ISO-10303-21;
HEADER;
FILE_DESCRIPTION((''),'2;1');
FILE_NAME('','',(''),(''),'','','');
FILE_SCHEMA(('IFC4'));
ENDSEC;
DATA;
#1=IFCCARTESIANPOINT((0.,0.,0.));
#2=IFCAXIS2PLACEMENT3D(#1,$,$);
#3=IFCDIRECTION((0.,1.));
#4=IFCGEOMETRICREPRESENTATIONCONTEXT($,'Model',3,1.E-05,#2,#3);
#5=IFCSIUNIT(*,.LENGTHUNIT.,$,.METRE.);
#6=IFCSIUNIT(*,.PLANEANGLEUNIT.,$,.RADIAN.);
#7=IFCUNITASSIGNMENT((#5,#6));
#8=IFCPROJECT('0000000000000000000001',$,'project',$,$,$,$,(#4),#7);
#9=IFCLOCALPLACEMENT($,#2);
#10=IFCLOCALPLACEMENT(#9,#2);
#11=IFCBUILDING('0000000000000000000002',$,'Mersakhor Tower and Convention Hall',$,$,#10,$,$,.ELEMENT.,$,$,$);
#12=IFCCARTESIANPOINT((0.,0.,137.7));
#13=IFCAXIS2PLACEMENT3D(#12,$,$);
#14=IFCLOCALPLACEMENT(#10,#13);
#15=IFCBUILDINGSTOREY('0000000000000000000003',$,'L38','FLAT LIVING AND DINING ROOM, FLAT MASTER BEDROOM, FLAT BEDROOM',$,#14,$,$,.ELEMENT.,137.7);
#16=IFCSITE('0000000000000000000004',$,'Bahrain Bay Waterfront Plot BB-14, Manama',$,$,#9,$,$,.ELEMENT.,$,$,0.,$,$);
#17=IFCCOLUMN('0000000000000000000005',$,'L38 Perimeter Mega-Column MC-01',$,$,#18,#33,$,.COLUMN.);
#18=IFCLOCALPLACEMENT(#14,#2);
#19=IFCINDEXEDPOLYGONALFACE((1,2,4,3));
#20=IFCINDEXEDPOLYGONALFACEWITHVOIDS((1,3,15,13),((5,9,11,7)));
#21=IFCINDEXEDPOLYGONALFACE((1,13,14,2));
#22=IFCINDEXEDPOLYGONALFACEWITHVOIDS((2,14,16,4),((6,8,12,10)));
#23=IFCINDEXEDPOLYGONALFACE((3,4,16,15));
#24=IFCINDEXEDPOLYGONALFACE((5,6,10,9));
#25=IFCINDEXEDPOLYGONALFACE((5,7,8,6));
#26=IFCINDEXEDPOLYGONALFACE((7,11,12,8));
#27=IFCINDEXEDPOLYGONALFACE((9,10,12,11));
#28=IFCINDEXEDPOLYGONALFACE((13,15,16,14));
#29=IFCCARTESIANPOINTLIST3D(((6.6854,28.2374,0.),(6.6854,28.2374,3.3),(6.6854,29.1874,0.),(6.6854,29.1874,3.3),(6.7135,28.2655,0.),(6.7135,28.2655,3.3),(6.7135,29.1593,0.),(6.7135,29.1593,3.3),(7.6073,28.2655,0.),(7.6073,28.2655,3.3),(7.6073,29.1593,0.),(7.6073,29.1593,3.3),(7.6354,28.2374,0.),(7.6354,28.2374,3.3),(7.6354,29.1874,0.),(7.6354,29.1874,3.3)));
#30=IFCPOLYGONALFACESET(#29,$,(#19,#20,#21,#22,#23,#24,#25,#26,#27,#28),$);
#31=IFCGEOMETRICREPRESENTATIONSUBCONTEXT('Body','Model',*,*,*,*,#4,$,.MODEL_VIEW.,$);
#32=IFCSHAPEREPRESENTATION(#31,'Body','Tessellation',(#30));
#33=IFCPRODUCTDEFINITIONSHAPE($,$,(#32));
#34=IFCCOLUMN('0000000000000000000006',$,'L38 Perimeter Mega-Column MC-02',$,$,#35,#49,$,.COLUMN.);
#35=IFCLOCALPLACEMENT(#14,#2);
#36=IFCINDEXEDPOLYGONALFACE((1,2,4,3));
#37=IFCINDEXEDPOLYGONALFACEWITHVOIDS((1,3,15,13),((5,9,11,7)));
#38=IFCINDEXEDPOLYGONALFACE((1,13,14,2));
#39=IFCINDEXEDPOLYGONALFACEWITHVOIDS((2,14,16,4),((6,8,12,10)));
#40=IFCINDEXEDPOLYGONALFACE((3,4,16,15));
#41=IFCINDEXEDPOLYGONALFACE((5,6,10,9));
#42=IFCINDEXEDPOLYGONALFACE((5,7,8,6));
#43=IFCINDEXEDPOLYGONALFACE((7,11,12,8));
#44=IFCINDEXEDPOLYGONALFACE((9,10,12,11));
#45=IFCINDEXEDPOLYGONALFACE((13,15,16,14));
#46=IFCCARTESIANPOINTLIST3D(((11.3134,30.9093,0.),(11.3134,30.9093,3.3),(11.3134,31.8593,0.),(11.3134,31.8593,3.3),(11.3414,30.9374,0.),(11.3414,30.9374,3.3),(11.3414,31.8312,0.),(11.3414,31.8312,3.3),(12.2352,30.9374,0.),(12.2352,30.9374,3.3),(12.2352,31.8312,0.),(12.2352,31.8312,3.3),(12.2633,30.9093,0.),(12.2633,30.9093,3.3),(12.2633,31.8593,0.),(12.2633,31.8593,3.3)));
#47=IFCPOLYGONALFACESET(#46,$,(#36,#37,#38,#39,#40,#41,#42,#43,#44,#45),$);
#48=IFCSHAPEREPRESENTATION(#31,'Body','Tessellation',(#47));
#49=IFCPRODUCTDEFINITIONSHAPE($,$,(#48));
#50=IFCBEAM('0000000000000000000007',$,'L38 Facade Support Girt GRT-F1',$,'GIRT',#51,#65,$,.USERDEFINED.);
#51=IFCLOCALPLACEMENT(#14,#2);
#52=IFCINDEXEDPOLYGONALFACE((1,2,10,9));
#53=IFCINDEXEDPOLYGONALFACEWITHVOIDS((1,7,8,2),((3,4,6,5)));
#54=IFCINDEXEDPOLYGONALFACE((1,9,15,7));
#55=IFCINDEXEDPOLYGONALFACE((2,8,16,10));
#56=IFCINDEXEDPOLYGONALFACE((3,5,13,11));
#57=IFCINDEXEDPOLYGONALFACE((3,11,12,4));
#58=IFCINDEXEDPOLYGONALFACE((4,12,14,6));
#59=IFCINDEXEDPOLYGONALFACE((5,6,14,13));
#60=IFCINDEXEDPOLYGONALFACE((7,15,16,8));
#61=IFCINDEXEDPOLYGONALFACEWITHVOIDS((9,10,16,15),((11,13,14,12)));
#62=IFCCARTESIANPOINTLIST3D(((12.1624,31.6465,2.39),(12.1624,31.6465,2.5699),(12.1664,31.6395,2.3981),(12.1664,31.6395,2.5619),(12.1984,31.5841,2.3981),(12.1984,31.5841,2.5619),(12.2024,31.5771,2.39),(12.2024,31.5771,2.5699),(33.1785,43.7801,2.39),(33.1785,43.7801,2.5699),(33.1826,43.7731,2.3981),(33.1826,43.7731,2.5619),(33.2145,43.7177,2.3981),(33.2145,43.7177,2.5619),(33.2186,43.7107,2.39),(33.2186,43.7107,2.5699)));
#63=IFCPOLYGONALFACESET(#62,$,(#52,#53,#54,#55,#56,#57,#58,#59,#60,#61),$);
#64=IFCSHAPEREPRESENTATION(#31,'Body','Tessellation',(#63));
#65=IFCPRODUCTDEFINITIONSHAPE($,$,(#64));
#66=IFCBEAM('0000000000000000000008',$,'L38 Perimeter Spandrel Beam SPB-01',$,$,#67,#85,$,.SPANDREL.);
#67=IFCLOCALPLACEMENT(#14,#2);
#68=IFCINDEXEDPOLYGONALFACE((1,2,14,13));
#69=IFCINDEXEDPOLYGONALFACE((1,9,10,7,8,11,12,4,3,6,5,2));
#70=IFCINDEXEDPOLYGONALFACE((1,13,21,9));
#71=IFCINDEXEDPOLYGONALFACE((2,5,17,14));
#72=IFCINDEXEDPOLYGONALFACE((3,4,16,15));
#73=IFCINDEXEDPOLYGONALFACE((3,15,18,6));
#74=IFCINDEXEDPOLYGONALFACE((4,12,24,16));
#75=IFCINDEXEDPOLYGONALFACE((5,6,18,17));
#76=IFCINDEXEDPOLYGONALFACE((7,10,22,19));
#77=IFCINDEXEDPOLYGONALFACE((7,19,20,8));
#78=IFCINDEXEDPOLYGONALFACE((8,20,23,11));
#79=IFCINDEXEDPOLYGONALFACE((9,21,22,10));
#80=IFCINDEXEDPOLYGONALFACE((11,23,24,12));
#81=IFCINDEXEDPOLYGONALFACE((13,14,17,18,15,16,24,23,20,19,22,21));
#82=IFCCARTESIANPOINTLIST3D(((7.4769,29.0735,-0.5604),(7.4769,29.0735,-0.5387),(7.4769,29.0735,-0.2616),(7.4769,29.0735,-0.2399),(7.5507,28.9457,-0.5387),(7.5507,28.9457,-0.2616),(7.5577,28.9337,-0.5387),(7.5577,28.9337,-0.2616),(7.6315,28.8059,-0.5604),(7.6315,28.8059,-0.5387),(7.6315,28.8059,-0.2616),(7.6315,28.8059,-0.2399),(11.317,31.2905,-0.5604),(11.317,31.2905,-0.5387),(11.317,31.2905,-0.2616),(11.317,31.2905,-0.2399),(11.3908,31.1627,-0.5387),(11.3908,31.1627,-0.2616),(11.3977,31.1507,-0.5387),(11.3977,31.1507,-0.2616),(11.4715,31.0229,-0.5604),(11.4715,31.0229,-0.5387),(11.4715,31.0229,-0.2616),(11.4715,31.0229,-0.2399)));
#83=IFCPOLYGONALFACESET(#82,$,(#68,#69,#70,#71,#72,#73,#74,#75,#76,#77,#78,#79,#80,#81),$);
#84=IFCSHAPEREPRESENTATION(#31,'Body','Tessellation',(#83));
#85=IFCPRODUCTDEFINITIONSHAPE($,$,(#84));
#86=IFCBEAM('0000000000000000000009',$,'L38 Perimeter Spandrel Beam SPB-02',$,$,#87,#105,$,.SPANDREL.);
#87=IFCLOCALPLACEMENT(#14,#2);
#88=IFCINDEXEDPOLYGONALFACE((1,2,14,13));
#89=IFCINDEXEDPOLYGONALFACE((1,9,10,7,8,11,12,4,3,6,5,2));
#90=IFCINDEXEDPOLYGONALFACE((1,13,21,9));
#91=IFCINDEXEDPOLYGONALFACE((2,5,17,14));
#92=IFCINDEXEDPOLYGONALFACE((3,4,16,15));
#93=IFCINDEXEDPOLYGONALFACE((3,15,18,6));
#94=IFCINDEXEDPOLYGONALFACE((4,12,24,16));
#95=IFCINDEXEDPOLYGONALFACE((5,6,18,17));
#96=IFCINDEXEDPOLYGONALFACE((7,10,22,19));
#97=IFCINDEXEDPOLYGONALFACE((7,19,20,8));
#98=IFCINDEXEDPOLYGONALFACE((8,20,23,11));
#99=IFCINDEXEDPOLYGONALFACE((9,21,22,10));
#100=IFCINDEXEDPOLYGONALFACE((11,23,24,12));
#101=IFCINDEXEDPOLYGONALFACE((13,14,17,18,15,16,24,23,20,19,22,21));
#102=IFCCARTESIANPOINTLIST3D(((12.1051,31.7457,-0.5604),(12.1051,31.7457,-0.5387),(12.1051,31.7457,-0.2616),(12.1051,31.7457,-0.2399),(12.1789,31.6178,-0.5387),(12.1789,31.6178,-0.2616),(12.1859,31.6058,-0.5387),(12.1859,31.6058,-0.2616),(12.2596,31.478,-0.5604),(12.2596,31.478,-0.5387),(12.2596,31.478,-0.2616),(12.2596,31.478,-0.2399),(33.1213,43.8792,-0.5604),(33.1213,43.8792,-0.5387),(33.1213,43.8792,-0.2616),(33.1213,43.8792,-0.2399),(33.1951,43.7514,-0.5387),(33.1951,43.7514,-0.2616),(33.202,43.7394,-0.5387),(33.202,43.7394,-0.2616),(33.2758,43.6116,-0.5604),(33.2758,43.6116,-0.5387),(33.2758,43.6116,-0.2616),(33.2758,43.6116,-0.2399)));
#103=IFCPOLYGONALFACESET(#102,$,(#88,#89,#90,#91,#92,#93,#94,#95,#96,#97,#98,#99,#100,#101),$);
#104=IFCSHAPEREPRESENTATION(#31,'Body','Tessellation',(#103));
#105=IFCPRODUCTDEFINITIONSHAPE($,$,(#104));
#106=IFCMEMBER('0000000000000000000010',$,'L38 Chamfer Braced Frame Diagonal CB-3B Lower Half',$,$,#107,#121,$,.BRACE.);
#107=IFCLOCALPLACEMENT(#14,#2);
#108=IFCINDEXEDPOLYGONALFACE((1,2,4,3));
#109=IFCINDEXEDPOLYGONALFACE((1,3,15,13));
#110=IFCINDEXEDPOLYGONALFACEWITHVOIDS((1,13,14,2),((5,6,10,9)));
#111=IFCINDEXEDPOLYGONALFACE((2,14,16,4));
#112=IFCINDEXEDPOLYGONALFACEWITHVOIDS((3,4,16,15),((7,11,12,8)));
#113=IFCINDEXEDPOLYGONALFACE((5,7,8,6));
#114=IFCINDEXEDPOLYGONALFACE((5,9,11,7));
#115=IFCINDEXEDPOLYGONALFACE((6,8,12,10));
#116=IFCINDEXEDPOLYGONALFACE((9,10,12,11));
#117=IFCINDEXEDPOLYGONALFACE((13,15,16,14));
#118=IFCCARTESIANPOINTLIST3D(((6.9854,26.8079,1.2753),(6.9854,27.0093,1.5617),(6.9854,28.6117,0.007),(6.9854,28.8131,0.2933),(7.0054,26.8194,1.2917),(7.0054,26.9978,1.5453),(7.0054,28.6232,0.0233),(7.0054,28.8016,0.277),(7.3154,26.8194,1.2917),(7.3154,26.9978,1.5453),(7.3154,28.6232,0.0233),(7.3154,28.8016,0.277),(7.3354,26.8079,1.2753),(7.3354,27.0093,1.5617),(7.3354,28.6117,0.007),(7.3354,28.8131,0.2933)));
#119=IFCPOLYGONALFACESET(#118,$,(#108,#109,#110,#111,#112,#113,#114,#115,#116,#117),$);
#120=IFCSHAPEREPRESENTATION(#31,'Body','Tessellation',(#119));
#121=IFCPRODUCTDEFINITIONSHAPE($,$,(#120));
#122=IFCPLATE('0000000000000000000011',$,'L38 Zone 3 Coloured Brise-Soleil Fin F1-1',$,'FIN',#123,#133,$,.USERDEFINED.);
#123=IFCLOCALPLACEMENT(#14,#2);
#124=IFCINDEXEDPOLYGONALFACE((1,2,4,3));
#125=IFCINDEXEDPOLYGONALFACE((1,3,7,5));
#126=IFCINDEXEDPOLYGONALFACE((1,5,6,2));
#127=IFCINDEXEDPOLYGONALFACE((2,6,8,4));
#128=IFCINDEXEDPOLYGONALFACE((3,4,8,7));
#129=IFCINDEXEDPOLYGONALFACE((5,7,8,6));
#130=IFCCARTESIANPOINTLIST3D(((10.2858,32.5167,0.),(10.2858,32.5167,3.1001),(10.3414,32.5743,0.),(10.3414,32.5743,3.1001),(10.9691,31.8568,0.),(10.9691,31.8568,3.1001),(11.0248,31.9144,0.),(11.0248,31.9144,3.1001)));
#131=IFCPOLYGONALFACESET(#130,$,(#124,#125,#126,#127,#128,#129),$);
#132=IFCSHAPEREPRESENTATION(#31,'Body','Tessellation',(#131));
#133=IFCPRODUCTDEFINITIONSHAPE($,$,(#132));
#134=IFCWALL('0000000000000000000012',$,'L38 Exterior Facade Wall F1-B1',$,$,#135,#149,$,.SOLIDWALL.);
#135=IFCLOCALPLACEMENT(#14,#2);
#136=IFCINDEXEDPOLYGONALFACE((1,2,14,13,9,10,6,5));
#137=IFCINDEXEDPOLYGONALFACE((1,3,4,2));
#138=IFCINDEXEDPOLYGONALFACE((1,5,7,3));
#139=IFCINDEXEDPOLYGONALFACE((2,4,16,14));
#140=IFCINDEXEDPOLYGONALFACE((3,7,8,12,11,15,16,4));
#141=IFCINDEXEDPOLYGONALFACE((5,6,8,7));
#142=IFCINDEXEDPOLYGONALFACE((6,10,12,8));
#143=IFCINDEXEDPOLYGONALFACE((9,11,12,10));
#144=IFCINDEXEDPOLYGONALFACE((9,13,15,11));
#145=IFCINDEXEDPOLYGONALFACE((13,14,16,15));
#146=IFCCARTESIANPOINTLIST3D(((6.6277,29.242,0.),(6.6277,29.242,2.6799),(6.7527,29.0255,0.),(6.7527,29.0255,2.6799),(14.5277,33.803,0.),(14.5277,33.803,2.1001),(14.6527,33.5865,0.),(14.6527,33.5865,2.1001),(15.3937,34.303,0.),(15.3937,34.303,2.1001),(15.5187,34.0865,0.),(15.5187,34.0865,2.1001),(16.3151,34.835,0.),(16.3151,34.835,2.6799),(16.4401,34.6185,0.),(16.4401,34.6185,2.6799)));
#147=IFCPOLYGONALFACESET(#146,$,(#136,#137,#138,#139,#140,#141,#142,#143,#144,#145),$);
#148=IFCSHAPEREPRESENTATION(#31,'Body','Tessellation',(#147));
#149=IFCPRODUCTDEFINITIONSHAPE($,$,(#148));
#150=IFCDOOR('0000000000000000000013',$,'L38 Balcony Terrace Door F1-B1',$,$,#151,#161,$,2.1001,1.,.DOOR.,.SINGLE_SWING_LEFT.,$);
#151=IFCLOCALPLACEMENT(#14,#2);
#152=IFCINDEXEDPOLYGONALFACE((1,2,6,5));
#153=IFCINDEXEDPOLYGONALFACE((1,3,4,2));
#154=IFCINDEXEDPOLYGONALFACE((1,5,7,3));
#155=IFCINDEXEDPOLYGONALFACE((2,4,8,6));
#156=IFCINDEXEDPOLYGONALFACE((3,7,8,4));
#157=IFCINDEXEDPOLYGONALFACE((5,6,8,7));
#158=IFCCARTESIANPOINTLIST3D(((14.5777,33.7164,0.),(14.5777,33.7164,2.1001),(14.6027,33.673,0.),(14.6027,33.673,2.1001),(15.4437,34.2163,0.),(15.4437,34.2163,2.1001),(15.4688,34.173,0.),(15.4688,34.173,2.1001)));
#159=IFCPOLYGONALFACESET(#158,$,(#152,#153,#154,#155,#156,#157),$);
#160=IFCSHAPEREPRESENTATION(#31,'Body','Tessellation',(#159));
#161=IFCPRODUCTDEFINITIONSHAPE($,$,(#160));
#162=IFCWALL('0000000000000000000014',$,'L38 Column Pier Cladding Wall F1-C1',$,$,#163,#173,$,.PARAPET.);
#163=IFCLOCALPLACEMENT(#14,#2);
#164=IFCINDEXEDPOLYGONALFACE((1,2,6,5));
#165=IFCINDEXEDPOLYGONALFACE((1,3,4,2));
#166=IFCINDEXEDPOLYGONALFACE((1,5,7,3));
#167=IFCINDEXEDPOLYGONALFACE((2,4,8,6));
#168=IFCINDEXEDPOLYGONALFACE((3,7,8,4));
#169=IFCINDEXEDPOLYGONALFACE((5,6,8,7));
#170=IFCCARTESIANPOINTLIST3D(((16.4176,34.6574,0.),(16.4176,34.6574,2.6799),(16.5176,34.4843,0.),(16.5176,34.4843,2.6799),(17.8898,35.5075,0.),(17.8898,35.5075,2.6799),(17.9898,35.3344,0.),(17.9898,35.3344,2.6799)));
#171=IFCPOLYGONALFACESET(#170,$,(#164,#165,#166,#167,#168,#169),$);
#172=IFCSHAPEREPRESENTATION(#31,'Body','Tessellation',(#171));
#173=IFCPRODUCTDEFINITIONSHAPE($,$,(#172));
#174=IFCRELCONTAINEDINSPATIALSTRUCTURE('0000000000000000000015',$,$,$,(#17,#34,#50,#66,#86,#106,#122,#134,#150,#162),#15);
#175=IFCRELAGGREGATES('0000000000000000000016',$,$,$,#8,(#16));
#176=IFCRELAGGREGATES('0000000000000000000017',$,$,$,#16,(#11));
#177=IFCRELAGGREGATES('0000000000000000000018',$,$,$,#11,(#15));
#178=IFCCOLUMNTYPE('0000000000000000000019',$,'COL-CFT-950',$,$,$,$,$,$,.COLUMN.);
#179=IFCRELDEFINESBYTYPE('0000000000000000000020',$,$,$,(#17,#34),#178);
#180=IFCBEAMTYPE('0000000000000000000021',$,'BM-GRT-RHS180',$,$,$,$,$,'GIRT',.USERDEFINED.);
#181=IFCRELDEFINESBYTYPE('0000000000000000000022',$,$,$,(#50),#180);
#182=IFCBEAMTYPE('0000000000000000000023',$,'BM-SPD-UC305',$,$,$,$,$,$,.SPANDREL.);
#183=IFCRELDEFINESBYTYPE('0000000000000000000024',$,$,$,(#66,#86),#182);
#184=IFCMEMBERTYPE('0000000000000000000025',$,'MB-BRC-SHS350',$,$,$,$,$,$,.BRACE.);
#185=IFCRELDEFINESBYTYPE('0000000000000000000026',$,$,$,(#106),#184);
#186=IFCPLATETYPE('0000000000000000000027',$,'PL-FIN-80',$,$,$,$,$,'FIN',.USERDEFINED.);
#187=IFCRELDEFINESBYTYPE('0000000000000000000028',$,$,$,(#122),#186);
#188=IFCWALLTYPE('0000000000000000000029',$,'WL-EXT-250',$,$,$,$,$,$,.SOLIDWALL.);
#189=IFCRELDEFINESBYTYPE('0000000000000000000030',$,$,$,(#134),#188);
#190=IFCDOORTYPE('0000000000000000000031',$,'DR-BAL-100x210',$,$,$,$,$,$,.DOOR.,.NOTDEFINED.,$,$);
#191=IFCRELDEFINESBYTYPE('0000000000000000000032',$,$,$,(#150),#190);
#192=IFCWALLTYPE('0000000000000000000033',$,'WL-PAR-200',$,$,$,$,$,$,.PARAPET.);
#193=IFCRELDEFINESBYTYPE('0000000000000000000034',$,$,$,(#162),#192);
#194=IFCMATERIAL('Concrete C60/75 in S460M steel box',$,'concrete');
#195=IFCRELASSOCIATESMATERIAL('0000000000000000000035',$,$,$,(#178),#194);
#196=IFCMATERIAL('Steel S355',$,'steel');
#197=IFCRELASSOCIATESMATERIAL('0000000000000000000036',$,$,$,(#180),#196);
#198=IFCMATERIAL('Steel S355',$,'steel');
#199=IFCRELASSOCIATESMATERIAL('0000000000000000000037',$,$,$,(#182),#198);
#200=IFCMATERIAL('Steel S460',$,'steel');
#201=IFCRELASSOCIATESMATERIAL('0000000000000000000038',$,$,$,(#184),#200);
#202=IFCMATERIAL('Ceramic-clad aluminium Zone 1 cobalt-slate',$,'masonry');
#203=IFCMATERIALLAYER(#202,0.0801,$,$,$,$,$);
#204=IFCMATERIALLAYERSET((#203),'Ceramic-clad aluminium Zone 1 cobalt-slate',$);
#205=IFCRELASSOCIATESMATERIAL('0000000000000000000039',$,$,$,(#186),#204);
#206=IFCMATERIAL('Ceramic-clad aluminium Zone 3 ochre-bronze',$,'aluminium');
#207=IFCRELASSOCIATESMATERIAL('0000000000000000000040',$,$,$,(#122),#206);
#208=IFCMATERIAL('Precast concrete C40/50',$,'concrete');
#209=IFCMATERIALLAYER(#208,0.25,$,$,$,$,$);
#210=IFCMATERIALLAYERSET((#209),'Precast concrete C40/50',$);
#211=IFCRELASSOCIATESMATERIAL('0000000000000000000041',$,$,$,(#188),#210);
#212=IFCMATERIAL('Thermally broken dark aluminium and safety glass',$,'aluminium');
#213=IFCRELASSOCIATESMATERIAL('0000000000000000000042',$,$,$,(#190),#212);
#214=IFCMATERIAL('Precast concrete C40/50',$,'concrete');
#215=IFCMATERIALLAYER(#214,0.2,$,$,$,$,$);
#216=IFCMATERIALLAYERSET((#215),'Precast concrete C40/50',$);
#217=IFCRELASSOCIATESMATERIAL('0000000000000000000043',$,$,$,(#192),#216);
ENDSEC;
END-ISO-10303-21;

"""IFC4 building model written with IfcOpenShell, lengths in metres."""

from ifc_helpers import new_model, si_unit, direction, frame, frame_2d, origin, origin_2d, place, context, subcontext, project, spatial, rectangle, hollow_rectangle, i_section, extrude, material, layer, layer_set, material_profile, profile_set, type_object, element, fill, save


model = new_model("IFC4")

# Units and contexts
model_context = context("Model", 3, precision=1e-05, world=origin(), true_north=direction((0.0, 1.0)))
body_context = subcontext(model_context, "Body", "Model", "MODEL_VIEW")
ifc_project = project(units=[si_unit("LENGTHUNIT", "METRE"), si_unit("PLANEANGLEUNIT", "RADIAN")], contexts=[model_context])

# Site, building, storey
site_placement = place(None, origin())
site = spatial("IfcSite", under=ifc_project, at=site_placement, Name="Bahrain Bay Waterfront Plot BB-14, Manama", CompositionType="ELEMENT", RefElevation=0.0)
building_placement = place(site_placement, origin())
building = spatial("IfcBuilding", under=site, at=building_placement, Name="Mersakhor Tower and Convention Hall", CompositionType="ELEMENT")
storey_placement = place(building_placement, frame((0.0, 0.0, 137.7)))
storey = spatial("IfcBuildingStorey", under=building, at=storey_placement, Name="L38", Description="FLAT LIVING AND DINING ROOM, FLAT MASTER BEDROOM, FLAT BEDROOM", CompositionType="ELEMENT", Elevation=137.7)

# Columns
ifc_material_1 = material(Name="Concrete C60/75 in S460M steel box", Category="concrete")
ifc_material_profile_1 = material_profile(ifc_material_1, hollow_rectangle(XDim=0.95, YDim=0.95, WallThickness=0.0281, at=origin_2d()), Name="SHS 950x950x28")
ifc_profile_set_1 = profile_set([ifc_material_profile_1], Name="Concrete C60/75 in S460M steel box")
column_type = type_object("IfcColumnType", Name="COL-CFT-950", PredefinedType="COLUMN", material=ifc_profile_set_1)
for number, where, z_axis, x_axis, name in (
    (1, (7.1604, 28.7124, 0.0), (0.0, 0.0, 1.0), (1.0, 0.0, 0.0), "L38 Perimeter Mega-Column MC-01"),
    (2, (11.7883, 31.3843, 0.0), (0.0, 0.0, 1.0), (1.0, 0.0, 0.0), "L38 Perimeter Mega-Column MC-02"),
):
    element("IfcColumn", number, at=place(storey_placement, frame(where, z_axis=z_axis, x_axis=x_axis)), inside=storey, type_object=column_type, Name=name, PredefinedType="COLUMN", context=body_context, shape_type="SweptSolid", body=[
        extrude(hollow_rectangle(XDim=0.95, YDim=0.95, WallThickness=0.0281, at=origin_2d()), origin(), (0.0, 0.0, 1.0), 3.3),
    ])

# Beams
ifc_material_2 = material(Name="Steel S355", Category="steel")
ifc_material_profile_2 = material_profile(ifc_material_2, hollow_rectangle(XDim=0.0801, YDim=0.1799, WallThickness=0.0081, at=origin_2d()), Name="RHS 180x80x8")
ifc_profile_set_2 = profile_set([ifc_material_profile_2], Name="Steel S355")
beam_type_1 = type_object("IfcBeamType", Name="BM-GRT-RHS180", ElementType="GIRT", PredefinedType="USERDEFINED", material=ifc_profile_set_2)
beam_1_placement = place(storey_placement, frame((12.1824, 31.6118, 2.48), z_axis=(0.866027, 0.499996, 0.0), x_axis=(-0.499996, 0.866027, 0.0)))
element("IfcBeam", 3, at=beam_1_placement, inside=storey, type_object=beam_type_1, Name="L38 Facade Support Girt GRT-F1", ObjectType="GIRT", PredefinedType="USERDEFINED", context=body_context, shape_type="SweptSolid", body=[
    extrude(hollow_rectangle(XDim=0.0801, YDim=0.1799, WallThickness=0.0081, at=origin_2d()), origin(), (0.0, 0.0, 1.0), 24.2673),
])
ifc_material_3 = material(Name="Steel S355", Category="steel")
ifc_material_profile_3 = material_profile(ifc_material_3, i_section(OverallWidth=0.3091, OverallDepth=0.3206, WebThickness=0.0139, FlangeThickness=0.0217, at=origin_2d()), Name="UC 305x305x137")
ifc_profile_set_3 = profile_set([ifc_material_profile_3], Name="Steel S355")
beam_type_2 = type_object("IfcBeamType", Name="BM-SPD-UC305", PredefinedType="SPANDREL", material=ifc_profile_set_3)
beam_2_placement = place(storey_placement, frame((7.5542, 28.9397, -0.4001), z_axis=(0.866029, 0.499994, 0.0), x_axis=(-0.499994, 0.866029, 0.0)))
element("IfcBeam", 4, at=beam_2_placement, inside=storey, type_object=beam_type_2, Name="L38 Perimeter Spandrel Beam SPB-01", PredefinedType="SPANDREL", context=body_context, shape_type="SweptSolid", body=[
    extrude(i_section(OverallWidth=0.3091, OverallDepth=0.3206, WebThickness=0.0139, FlangeThickness=0.0217, at=origin_2d()), origin(), (0.0, 0.0, 1.0), 4.4341),
])
beam_3_placement = place(storey_placement, frame((12.1824, 31.6118, -0.4001), z_axis=(0.866027, 0.499996, 0.0), x_axis=(-0.499996, 0.866027, 0.0)))
element("IfcBeam", 5, at=beam_3_placement, inside=storey, type_object=beam_type_2, Name="L38 Perimeter Spandrel Beam SPB-02", PredefinedType="SPANDREL", context=body_context, shape_type="SweptSolid", body=[
    extrude(i_section(OverallWidth=0.3091, OverallDepth=0.3206, WebThickness=0.0139, FlangeThickness=0.0217, at=origin_2d()), origin(), (0.0, 0.0, 1.0), 24.2673),
])

# Member
ifc_material_4 = material(Name="Steel S460", Category="steel")
ifc_material_profile_4 = material_profile(ifc_material_4, hollow_rectangle(XDim=0.3501, YDim=0.3501, WallThickness=0.02, at=origin_2d()), Name="SHS 350x350x20")
ifc_profile_set_4 = profile_set([ifc_material_profile_4], Name="Steel S460")
member_type = type_object("IfcMemberType", Name="MB-BRC-SHS350", PredefinedType="BRACE", material=ifc_profile_set_4)
member_placement = place(storey_placement, frame((7.1604, 28.7124, 0.1501), z_axis=(0.0, -0.818013, 0.5752), x_axis=(1.0, 0.0, 0.0)))
element("IfcMember", 6, at=member_placement, inside=storey, type_object=member_type, Name="L38 Chamfer Braced Frame Diagonal CB-3B Lower Half", PredefinedType="BRACE", context=body_context, shape_type="SweptSolid", body=[
    extrude(hollow_rectangle(XDim=0.3501, YDim=0.3501, WallThickness=0.02, at=origin_2d()), origin(), (0.0, 0.0, 1.0), 2.2051),
])

# Plate
ifc_material_5 = material(Name="Ceramic-clad aluminium Zone 3 ochre-bronze", Category="aluminium")
ifc_material_6 = material(Name="Ceramic-clad aluminium Zone 1 cobalt-slate", Category="masonry")
ifc_layer_1 = layer(ifc_material_6, 0.0801)
ifc_layer_set_1 = layer_set([ifc_layer_1], Name="Ceramic-clad aluminium Zone 1 cobalt-slate")
plate_type = type_object("IfcPlateType", Name="PL-FIN-80", ElementType="FIN", PredefinedType="USERDEFINED", material=ifc_layer_set_1)
plate_placement = place(storey_placement, frame((10.6553, 32.2156, 0.0), z_axis=(0.0, 0.0, 1.0), x_axis=(-0.71934, 0.694658, 0.0)))
element("IfcPlate", 7, at=plate_placement, inside=storey, type_object=plate_type, material=ifc_material_5, Name="L38 Zone 3 Coloured Brise-Soleil Fin F1-1", ObjectType="FIN", PredefinedType="USERDEFINED", context=body_context, shape_type="SweptSolid", body=[
    extrude(rectangle(XDim=0.95, YDim=0.0801, at=origin_2d()), origin(), (0.0, 0.0, 1.0), 3.1001),
])

# Wall, opening, door
ifc_material_7 = material(Name="Precast concrete C40/50", Category="concrete")
ifc_layer_2 = layer(ifc_material_7, 0.25)
ifc_layer_set_2 = layer_set([ifc_layer_2], Name="Precast concrete C40/50")
wall_type_1 = type_object("IfcWallType", Name="WL-EXT-250", PredefinedType="SOLIDWALL", material=ifc_layer_set_2)
wall_1_placement = place(storey_placement, frame((6.6902, 29.1338, 0.0), z_axis=(0.0, 0.0, 1.0), x_axis=(0.866028, 0.499996, 0.0)))
wall_1 = element("IfcWall", 8, at=wall_1_placement, inside=storey, type_object=wall_type_1, Name="L38 Exterior Facade Wall F1-B1", PredefinedType="SOLIDWALL", context=body_context, shape_type="SweptSolid", body=[
    extrude(rectangle(XDim=11.186, YDim=0.25, at=frame_2d((5.593, 0.0))), origin(), (0.0, 0.0, 1.0), 2.6799),
])
opening_1_placement = place(wall_1_placement, frame((9.1221, 0.0, 0.0)))
opening_1 = element("IfcOpeningElement", 9, at=opening_1_placement, cuts=wall_1, PredefinedType="OPENING", context=body_context, shape_type="SweptSolid", body=[
    extrude(rectangle(XDim=1.0, YDim=2.1001, at=frame_2d((0.5, 1.05))), frame((0.0, 0.135, 0.0), z_axis=(0.0, -1.0, 0.0), x_axis=(1.0, 0.0, 0.0)), (0.0, 0.0, 1.0), 0.27),
])
ifc_material_8 = material(Name="Thermally broken dark aluminium and safety glass", Category="aluminium")
door_type_1 = type_object("IfcDoorType", Name="DR-BAL-100x210", OperationType="NOTDEFINED", PredefinedType="DOOR", material=ifc_material_8)
door_1_placement = place(opening_1_placement, origin())
door_1 = element("IfcDoor", 10, at=door_1_placement, inside=storey, type_object=door_type_1, Name="L38 Balcony Terrace Door F1-B1", OperationType="SINGLE_SWING_LEFT", OverallHeight=2.1001, OverallWidth=1.0, PredefinedType="DOOR", context=body_context, shape_type="SweptSolid", body=[
    extrude(rectangle(XDim=1.0, YDim=2.1001, at=frame_2d((0.5, 1.05))), frame((0.0, 0.0249, 0.0), z_axis=(0.0, -1.0, 0.0), x_axis=(1.0, 0.0, 0.0)), (0.0, 0.0, 1.0), 0.05),
])
fill(opening_1, door_1)

# Wall
ifc_material_9 = material(Name="Precast concrete C40/50", Category="concrete")
ifc_layer_3 = layer(ifc_material_9, 0.2)
ifc_layer_set_3 = layer_set([ifc_layer_3], Name="Precast concrete C40/50")
wall_type_2 = type_object("IfcWallType", Name="WL-PAR-200", PredefinedType="PARAPET", material=ifc_layer_set_3)
wall_2_placement = place(storey_placement, frame((16.4675, 34.5708, 0.0), z_axis=(0.0, 0.0, 1.0), x_axis=(0.865989, 0.500062, 0.0)))
element("IfcWall", 11, at=wall_2_placement, inside=storey, type_object=wall_type_2, Name="L38 Column Pier Cladding Wall F1-C1", PredefinedType="PARAPET", context=body_context, shape_type="SweptSolid", body=[
    extrude(rectangle(XDim=1.7, YDim=0.2, at=frame_2d((0.8501, 0.0))), origin(), (0.0, 0.0, 1.0), 2.6799),
])

save(model, "model.ifc")
